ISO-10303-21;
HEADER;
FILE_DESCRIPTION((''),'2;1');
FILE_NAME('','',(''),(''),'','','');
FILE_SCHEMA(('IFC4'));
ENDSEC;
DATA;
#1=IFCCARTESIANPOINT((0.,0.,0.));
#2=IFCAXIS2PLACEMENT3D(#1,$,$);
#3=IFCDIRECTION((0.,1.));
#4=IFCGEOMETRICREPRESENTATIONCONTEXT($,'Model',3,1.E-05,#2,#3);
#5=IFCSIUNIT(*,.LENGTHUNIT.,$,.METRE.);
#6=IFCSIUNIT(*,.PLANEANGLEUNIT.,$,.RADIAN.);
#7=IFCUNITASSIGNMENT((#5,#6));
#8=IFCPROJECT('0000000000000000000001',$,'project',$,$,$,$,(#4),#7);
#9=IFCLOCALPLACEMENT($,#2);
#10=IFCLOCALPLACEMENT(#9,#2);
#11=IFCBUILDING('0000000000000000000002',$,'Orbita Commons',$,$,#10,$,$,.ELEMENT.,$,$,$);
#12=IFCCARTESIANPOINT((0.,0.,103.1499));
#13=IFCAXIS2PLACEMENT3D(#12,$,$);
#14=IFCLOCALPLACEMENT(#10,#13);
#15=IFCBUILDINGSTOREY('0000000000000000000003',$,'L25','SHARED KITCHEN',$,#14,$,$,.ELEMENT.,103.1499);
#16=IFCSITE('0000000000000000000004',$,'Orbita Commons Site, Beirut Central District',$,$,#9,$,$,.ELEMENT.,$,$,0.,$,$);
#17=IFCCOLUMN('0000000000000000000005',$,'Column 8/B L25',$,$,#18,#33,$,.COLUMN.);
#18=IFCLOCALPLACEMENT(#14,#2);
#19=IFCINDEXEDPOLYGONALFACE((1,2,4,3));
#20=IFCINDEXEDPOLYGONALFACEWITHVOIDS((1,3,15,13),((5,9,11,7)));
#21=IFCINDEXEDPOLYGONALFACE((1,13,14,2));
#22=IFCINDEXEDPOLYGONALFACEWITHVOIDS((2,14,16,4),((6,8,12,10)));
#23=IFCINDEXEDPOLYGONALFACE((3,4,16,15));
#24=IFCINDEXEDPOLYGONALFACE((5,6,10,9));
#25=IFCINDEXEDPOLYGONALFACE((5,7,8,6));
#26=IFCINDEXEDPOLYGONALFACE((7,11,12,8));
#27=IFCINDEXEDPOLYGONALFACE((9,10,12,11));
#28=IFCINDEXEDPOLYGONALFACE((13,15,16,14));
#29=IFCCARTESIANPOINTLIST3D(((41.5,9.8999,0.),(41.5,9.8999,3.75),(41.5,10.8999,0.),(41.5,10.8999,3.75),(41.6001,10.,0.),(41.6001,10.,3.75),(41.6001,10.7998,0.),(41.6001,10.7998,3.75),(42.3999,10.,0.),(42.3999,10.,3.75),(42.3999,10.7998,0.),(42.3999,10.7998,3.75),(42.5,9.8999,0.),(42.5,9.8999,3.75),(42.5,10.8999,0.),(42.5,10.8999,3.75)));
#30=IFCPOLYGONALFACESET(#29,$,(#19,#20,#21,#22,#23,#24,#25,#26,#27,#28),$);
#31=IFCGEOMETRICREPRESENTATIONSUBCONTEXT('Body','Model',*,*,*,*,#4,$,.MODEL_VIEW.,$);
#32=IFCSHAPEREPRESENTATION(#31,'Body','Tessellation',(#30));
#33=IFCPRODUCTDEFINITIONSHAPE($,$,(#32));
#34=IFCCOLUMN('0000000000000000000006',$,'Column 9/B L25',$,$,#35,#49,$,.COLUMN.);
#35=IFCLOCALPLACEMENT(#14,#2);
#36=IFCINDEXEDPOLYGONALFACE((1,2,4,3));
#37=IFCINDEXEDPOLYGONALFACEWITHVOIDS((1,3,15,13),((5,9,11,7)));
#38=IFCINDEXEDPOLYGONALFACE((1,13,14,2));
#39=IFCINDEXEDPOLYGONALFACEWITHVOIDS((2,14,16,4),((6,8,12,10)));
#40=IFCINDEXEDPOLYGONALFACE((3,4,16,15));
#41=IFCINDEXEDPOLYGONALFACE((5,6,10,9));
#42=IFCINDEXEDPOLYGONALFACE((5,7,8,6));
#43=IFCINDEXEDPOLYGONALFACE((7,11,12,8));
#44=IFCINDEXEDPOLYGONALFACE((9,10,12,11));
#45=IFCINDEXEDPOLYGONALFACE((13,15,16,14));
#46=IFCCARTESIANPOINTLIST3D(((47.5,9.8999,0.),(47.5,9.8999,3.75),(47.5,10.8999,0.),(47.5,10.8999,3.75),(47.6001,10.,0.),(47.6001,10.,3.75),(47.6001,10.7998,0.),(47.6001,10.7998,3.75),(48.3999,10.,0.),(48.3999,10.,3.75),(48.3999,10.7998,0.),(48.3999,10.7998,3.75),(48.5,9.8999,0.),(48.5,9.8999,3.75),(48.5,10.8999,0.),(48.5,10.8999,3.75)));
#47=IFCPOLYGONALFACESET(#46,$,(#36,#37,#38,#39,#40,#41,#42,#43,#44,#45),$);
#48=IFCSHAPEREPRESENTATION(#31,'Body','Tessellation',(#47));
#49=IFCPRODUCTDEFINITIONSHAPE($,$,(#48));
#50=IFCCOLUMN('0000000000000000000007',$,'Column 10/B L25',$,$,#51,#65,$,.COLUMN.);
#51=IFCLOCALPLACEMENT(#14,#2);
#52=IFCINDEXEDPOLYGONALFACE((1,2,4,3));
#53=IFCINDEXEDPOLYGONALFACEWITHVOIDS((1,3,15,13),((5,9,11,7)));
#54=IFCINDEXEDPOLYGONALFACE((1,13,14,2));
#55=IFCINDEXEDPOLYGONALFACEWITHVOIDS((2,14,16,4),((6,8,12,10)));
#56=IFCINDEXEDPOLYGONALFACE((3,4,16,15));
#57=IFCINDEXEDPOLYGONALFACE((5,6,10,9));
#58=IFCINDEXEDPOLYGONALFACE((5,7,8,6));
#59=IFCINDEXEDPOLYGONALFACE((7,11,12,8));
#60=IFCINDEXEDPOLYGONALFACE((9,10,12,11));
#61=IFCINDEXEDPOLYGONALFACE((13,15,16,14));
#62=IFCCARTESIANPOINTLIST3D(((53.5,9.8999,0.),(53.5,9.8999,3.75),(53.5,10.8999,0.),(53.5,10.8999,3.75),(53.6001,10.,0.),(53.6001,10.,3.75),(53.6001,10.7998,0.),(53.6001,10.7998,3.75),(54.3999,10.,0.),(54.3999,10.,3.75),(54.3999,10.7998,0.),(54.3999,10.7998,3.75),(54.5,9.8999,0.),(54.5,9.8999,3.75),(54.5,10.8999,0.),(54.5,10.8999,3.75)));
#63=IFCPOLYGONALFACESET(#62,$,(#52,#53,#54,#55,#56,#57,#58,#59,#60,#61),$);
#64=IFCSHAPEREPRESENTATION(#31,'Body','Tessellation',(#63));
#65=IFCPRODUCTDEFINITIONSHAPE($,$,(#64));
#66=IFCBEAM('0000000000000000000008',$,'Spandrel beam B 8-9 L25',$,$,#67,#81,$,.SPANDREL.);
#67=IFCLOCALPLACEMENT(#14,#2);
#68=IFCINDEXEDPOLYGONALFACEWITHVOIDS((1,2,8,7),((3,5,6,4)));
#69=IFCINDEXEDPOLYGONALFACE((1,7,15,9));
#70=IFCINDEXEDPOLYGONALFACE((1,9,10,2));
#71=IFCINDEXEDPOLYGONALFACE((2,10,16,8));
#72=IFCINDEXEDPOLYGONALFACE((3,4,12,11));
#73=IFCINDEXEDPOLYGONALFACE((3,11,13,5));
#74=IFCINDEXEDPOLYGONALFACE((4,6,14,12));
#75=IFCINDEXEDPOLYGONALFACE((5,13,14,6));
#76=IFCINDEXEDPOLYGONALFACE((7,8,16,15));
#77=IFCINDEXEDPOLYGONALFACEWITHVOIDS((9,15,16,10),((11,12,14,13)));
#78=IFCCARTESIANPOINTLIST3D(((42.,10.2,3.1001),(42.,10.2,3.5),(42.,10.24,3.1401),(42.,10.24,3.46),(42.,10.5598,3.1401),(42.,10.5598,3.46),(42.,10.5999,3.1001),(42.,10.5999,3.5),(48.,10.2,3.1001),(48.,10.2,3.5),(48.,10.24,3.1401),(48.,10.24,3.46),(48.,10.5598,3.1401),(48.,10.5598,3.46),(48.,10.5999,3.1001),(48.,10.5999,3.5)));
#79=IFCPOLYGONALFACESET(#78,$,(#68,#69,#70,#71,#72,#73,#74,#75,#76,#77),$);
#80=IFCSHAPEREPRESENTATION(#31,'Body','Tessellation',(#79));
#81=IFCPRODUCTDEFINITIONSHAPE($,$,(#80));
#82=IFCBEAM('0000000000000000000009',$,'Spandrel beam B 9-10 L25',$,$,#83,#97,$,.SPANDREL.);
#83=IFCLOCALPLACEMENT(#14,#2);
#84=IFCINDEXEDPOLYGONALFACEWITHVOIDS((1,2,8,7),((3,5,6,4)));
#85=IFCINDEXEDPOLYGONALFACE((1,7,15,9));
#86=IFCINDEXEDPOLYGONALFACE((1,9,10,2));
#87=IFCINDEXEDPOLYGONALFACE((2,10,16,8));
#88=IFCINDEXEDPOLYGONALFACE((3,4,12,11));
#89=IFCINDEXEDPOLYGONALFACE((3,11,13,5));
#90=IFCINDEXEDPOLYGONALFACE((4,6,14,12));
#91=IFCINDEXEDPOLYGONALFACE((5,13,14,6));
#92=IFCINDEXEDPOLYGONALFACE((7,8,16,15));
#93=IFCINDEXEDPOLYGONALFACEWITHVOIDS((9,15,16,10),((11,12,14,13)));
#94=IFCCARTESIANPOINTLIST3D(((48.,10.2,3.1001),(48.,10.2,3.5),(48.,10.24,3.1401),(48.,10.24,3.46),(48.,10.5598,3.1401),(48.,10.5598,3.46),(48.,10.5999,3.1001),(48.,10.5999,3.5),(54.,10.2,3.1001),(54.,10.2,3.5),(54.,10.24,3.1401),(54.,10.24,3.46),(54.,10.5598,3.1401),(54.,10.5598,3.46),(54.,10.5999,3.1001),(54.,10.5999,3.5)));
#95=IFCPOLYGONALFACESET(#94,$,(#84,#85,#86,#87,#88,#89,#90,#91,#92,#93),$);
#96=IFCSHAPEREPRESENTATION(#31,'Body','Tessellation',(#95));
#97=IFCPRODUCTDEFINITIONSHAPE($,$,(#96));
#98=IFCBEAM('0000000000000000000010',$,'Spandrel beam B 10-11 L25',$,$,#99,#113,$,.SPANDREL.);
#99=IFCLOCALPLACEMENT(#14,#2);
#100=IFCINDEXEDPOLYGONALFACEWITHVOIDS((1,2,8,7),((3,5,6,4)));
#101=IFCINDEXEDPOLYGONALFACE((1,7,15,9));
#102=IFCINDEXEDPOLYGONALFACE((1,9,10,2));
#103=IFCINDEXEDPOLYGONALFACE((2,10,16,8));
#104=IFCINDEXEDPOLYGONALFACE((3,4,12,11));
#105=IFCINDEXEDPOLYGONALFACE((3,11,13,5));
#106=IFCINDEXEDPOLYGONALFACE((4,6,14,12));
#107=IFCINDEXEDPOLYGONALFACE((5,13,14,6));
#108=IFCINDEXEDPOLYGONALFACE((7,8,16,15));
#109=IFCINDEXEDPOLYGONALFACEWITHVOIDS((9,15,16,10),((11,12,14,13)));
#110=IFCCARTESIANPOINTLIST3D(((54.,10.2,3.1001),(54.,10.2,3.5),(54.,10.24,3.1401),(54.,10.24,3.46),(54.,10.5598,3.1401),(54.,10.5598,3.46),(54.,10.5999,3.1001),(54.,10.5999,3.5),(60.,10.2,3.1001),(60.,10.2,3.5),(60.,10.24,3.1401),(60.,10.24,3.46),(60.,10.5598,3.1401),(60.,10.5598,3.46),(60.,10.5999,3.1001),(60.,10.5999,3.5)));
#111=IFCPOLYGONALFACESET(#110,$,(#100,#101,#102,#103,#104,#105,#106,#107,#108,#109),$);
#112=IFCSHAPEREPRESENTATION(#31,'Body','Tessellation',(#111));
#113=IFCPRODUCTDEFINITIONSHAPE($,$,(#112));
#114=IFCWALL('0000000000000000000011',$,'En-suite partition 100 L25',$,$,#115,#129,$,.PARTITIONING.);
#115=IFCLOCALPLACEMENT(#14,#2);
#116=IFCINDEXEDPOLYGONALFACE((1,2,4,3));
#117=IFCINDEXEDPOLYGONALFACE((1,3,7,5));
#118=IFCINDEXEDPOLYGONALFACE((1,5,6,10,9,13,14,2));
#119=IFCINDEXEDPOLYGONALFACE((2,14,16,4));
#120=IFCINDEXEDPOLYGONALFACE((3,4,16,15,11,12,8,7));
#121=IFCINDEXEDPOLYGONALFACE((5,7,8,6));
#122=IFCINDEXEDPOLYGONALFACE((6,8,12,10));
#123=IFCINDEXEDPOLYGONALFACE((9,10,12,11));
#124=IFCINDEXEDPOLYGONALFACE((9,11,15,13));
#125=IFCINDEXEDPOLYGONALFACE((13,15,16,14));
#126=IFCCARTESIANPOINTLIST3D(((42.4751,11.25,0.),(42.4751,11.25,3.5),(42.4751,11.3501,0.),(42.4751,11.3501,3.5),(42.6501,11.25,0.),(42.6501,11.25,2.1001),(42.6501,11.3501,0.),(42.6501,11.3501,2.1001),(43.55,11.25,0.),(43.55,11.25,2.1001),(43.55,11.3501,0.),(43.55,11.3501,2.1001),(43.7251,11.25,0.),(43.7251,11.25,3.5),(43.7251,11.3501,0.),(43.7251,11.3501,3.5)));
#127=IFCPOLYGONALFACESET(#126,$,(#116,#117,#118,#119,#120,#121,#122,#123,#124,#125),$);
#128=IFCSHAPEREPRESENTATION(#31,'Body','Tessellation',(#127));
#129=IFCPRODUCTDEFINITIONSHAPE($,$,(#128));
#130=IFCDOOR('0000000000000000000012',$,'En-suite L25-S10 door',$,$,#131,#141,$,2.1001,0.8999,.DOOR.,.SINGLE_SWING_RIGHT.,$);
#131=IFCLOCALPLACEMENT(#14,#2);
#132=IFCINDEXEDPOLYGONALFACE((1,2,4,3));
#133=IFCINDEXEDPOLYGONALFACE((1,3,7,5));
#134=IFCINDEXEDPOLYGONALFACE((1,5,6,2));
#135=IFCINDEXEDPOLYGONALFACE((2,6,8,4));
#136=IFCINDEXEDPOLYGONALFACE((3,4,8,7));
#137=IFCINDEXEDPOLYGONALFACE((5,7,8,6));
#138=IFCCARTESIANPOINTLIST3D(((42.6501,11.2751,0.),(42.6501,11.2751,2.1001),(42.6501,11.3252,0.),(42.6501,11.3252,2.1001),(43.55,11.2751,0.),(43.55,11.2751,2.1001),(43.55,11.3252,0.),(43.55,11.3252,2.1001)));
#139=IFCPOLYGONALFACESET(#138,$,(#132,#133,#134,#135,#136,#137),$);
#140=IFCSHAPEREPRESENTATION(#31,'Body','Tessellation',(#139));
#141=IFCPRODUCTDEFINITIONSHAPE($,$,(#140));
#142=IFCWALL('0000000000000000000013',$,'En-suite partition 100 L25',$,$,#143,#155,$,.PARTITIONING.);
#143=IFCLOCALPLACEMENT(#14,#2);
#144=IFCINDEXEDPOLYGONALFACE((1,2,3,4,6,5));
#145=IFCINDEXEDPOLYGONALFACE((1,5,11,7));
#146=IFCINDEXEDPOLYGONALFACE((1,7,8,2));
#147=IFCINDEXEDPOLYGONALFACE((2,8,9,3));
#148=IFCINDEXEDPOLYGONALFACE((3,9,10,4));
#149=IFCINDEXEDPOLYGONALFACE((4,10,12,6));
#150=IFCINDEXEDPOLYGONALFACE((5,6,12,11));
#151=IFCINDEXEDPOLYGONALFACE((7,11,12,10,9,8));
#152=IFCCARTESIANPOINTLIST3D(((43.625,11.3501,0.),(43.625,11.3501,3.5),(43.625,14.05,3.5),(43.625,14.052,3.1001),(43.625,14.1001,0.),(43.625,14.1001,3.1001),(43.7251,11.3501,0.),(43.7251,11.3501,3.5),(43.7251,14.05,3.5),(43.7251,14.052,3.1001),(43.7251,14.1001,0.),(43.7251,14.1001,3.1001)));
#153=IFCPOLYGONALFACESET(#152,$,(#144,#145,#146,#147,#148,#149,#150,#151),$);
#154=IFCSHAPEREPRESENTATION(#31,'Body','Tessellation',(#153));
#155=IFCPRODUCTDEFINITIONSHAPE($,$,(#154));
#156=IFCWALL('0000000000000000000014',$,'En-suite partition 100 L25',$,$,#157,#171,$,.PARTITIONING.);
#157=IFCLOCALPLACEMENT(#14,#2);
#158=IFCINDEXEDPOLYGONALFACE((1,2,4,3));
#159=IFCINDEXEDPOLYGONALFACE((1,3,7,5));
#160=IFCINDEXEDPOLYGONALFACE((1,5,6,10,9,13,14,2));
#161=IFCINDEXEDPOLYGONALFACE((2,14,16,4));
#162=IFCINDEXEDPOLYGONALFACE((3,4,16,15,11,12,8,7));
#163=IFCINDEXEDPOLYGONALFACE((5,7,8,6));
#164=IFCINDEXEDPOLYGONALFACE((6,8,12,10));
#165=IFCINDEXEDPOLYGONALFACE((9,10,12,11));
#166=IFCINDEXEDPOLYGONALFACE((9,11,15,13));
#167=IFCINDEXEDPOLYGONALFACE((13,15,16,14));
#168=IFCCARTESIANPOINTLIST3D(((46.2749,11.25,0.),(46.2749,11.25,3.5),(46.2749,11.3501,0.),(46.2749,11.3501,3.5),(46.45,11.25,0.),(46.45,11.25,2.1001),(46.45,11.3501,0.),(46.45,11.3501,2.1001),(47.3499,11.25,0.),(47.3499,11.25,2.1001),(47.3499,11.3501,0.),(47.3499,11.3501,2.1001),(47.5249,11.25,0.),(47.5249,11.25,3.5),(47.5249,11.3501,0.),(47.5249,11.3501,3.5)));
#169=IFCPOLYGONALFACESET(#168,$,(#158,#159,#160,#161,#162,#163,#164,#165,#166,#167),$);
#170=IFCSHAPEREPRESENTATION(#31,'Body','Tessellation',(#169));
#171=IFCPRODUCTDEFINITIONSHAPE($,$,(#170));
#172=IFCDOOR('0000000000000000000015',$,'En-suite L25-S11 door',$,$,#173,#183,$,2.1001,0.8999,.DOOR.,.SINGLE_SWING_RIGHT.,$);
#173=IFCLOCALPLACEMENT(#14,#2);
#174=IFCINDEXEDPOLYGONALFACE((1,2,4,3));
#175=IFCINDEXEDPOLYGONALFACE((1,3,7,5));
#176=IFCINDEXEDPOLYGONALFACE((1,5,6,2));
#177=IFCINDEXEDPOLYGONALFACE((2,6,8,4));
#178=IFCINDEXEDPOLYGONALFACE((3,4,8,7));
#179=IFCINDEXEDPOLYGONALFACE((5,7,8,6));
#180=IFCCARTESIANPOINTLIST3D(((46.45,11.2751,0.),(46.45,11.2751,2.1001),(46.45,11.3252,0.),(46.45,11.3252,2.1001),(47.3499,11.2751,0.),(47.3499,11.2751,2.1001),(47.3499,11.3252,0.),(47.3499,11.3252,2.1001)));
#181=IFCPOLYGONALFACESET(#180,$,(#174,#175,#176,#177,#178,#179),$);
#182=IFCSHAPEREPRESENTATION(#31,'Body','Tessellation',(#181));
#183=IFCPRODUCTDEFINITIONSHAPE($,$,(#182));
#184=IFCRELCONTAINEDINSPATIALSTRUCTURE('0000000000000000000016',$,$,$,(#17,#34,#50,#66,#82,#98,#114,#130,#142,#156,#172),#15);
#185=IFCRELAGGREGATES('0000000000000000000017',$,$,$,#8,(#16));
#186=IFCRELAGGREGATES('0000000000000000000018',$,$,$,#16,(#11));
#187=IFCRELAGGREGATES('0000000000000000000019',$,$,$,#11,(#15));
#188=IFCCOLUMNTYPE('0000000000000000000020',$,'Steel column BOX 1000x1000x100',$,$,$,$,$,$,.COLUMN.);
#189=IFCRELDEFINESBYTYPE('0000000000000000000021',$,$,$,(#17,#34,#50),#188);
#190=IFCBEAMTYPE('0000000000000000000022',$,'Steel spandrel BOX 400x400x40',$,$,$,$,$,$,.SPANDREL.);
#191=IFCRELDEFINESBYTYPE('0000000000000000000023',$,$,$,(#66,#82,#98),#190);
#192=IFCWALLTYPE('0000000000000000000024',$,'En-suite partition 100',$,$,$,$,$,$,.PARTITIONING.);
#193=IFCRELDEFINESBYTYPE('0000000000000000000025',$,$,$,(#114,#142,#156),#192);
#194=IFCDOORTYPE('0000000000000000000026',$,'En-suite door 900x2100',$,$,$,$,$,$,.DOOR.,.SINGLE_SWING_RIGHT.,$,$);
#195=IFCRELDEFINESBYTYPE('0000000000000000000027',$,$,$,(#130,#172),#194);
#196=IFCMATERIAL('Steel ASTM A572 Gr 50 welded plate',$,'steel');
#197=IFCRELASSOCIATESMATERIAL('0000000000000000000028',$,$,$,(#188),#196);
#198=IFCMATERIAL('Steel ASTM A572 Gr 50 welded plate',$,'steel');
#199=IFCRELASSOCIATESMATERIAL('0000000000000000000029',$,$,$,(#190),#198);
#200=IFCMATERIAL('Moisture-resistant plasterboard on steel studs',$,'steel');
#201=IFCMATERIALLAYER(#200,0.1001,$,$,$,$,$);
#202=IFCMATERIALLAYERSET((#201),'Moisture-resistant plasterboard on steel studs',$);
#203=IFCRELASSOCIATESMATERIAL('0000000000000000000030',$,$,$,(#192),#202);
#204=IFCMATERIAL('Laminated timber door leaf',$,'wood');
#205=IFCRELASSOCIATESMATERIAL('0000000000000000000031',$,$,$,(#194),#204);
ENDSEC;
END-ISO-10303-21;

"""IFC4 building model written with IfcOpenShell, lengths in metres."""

from ifc_helpers import new_model, si_unit, direction, frame, frame_2d, origin, origin_2d, place, context, subcontext, project, spatial, polyline, rectangle, hollow_rectangle, outline, extrude, material, layer, layer_set, material_profile, profile_set, type_object, element, fill, save


model = new_model("IFC4")

# Units and contexts
model_context = context("Model", 3, precision=1e-05, world=origin(), true_north=direction((0.0, 1.0)))
body_context = subcontext(model_context, "Body", "Model", "MODEL_VIEW")
ifc_project = project(units=[si_unit("LENGTHUNIT", "METRE"), si_unit("PLANEANGLEUNIT", "RADIAN")], contexts=[model_context])

# Site, building, storey
site_placement = place(None, origin())
site = spatial("IfcSite", under=ifc_project, at=site_placement, Name="Orbita Commons Site, Beirut Central District", CompositionType="ELEMENT", RefElevation=0.0)
building_placement = place(site_placement, origin())
building = spatial("IfcBuilding", under=site, at=building_placement, Name="Orbita Commons", CompositionType="ELEMENT")
storey_placement = place(building_placement, frame((0.0, 0.0, 103.1499)))
storey = spatial("IfcBuildingStorey", under=building, at=storey_placement, Name="L25", Description="SHARED KITCHEN", CompositionType="ELEMENT", Elevation=103.1499)

# Columns
ifc_material_1 = material(Name="Steel ASTM A572 Gr 50 welded plate", Category="steel")
ifc_material_profile_1 = material_profile(ifc_material_1, hollow_rectangle(XDim=1.0, YDim=1.0, WallThickness=0.1001, at=origin_2d()), Name="BOX 1000x1000x100")
ifc_profile_set_1 = profile_set([ifc_material_profile_1], Name="Steel ASTM A572 Gr 50 welded plate")
column_type = type_object("IfcColumnType", Name="Steel column BOX 1000x1000x100", PredefinedType="COLUMN", material=ifc_profile_set_1)
for number, where, z_axis, x_axis, name in (
    (1, (42.0, 10.3999, 0.0), (0.0, 0.0, 1.0), (1.0, 0.0, 0.0), "Column 8/B L25"),
    (2, (48.0, 10.3999, 0.0), (0.0, 0.0, 1.0), (1.0, 0.0, 0.0), "Column 9/B L25"),
    (3, (54.0, 10.3999, 0.0), (0.0, 0.0, 1.0), (1.0, 0.0, 0.0), "Column 10/B L25"),
):
    element("IfcColumn", number, at=place(storey_placement, frame(where, z_axis=z_axis, x_axis=x_axis)), inside=storey, type_object=column_type, Name=name, PredefinedType="COLUMN", context=body_context, shape_type="SweptSolid", body=[
        extrude(hollow_rectangle(XDim=1.0, YDim=1.0, WallThickness=0.1001, at=origin_2d()), origin(), (0.0, 0.0, 1.0), 3.75),
    ])

# Beams
ifc_material_2 = material(Name="Steel ASTM A572 Gr 50 welded plate", Category="steel")
ifc_material_profile_2 = material_profile(ifc_material_2, hollow_rectangle(XDim=0.3999, YDim=0.3999, WallThickness=0.04, at=origin_2d()), Name="BOX 400x400x40")
ifc_profile_set_2 = profile_set([ifc_material_profile_2], Name="Steel ASTM A572 Gr 50 welded plate")
beam_type = type_object("IfcBeamType", Name="Steel spandrel BOX 400x400x40", PredefinedType="SPANDREL", material=ifc_profile_set_2)
for number, where, z_axis, x_axis, name in (
    (4, (42.0, 10.3999, 3.3), (1.0, 0.0, 0.0), (0.0, 1.0, 0.0), "Spandrel beam B 8-9 L25"),
    (5, (48.0, 10.3999, 3.3), (1.0, 0.0, 0.0), (0.0, 1.0, 0.0), "Spandrel beam B 9-10 L25"),
    (6, (54.0, 10.3999, 3.3), (1.0, 0.0, 0.0), (0.0, 1.0, 0.0), "Spandrel beam B 10-11 L25"),
):
    element("IfcBeam", number, at=place(storey_placement, frame(where, z_axis=z_axis, x_axis=x_axis)), inside=storey, type_object=beam_type, Name=name, PredefinedType="SPANDREL", context=body_context, shape_type="SweptSolid", body=[
        extrude(hollow_rectangle(XDim=0.3999, YDim=0.3999, WallThickness=0.04, at=origin_2d()), origin(), (0.0, 0.0, 1.0), 6.0),
    ])

# Wall, opening, door
ifc_material_3 = material(Name="Moisture-resistant plasterboard on steel studs", Category="steel")
ifc_layer = layer(ifc_material_3, 0.1001)
ifc_layer_set = layer_set([ifc_layer], Name="Moisture-resistant plasterboard on steel studs")
wall_type = type_object("IfcWallType", Name="En-suite partition 100", PredefinedType="PARTITIONING", material=ifc_layer_set)
wall_1_placement = place(storey_placement, frame((43.7251, 11.3, 0.0), z_axis=(0.0, 0.0, 1.0), x_axis=(-1.0, 0.0, 0.0)))
wall_1 = element("IfcWall", 7, at=wall_1_placement, inside=storey, type_object=wall_type, Name="En-suite partition 100 L25", PredefinedType="PARTITIONING", context=body_context, shape_type="SweptSolid", body=[
    extrude(rectangle(XDim=1.25, YDim=0.1001, at=frame_2d((0.625, 0.0))), origin(), (0.0, 0.0, 1.0), 3.5),
])
opening_1_placement = place(wall_1_placement, frame((0.175, 0.0, 0.0)))
opening_1 = element("IfcOpeningElement", 8, at=opening_1_placement, cuts=wall_1, PredefinedType="OPENING", context=body_context, shape_type="SweptSolid", body=[
    extrude(rectangle(XDim=0.8999, YDim=2.1001, at=frame_2d((0.45, 1.05))), frame((0.0, 0.0601, 0.0), z_axis=(0.0, -1.0, 0.0), x_axis=(1.0, 0.0, 0.0)), (0.0, 0.0, 1.0), 0.1201),
])
ifc_material_4 = material(Name="Laminated timber door leaf", Category="wood")
door_type = type_object("IfcDoorType", Name="En-suite door 900x2100", OperationType="SINGLE_SWING_RIGHT", PredefinedType="DOOR", material=ifc_material_4)
door_1_placement = place(opening_1_placement, origin())
door_1 = element("IfcDoor", 9, at=door_1_placement, inside=storey, type_object=door_type, Name="En-suite L25-S10 door", OperationType="SINGLE_SWING_RIGHT", OverallHeight=2.1001, OverallWidth=0.8999, PredefinedType="DOOR", context=body_context, shape_type="SweptSolid", body=[
    extrude(rectangle(XDim=0.8999, YDim=2.1001, at=frame_2d((0.45, 1.05))), frame((0.0, 0.0249, 0.0), z_axis=(0.0, -1.0, 0.0), x_axis=(1.0, 0.0, 0.0)), (0.0, 0.0, 1.0), 0.05),
])
fill(opening_1, door_1)

# Wall
wall_2_placement = place(storey_placement, frame((43.675, 11.3501, 0.0), z_axis=(0.0, 0.0, 1.0), x_axis=(0.0, 1.0, 0.0)))
element("IfcWall", 10, at=wall_2_placement, inside=storey, type_object=wall_type, Name="En-suite partition 100 L25", PredefinedType="PARTITIONING", context=body_context, shape_type="SweptSolid", body=[
    extrude(outline(polyline([(0.0, 0.0), (2.75, 0.0), (2.75, 3.1001), (2.7019, 3.1001), (2.7, 3.5), (0.0, 3.5), (0.0, 0.0)])), frame((0.0, 0.05, 0.0), z_axis=(0.0, -1.0, 0.0), x_axis=(1.0, 0.0, 0.0)), (0.0, 0.0, 1.0), 0.1001),
])

# Wall, opening, door
wall_3_placement = place(storey_placement, frame((47.5249, 11.3, 0.0), z_axis=(0.0, 0.0, 1.0), x_axis=(-1.0, 0.0, 0.0)))
wall_3 = element("IfcWall", 11, at=wall_3_placement, inside=storey, type_object=wall_type, Name="En-suite partition 100 L25", PredefinedType="PARTITIONING", context=body_context, shape_type="SweptSolid", body=[
    extrude(rectangle(XDim=1.25, YDim=0.1001, at=frame_2d((0.625, 0.0))), origin(), (0.0, 0.0, 1.0), 3.5),
])
opening_2_placement = place(wall_3_placement, frame((0.175, 0.0, 0.0)))
opening_2 = element("IfcOpeningElement", 12, at=opening_2_placement, cuts=wall_3, PredefinedType="OPENING", context=body_context, shape_type="SweptSolid", body=[
    extrude(rectangle(XDim=0.8999, YDim=2.1001, at=frame_2d((0.45, 1.05))), frame((0.0, 0.0601, 0.0), z_axis=(0.0, -1.0, 0.0), x_axis=(1.0, 0.0, 0.0)), (0.0, 0.0, 1.0), 0.1201),
])
door_2_placement = place(opening_2_placement, origin())
door_2 = element("IfcDoor", 13, at=door_2_placement, inside=storey, type_object=door_type, Name="En-suite L25-S11 door", OperationType="SINGLE_SWING_RIGHT", OverallHeight=2.1001, OverallWidth=0.8999, PredefinedType="DOOR", context=body_context, shape_type="SweptSolid", body=[
    extrude(rectangle(XDim=0.8999, YDim=2.1001, at=frame_2d((0.45, 1.05))), frame((0.0, 0.0249, 0.0), z_axis=(0.0, -1.0, 0.0), x_axis=(1.0, 0.0, 0.0)), (0.0, 0.0, 1.0), 0.05),
])
fill(opening_2, door_2)

save(model, "model.ifc")
